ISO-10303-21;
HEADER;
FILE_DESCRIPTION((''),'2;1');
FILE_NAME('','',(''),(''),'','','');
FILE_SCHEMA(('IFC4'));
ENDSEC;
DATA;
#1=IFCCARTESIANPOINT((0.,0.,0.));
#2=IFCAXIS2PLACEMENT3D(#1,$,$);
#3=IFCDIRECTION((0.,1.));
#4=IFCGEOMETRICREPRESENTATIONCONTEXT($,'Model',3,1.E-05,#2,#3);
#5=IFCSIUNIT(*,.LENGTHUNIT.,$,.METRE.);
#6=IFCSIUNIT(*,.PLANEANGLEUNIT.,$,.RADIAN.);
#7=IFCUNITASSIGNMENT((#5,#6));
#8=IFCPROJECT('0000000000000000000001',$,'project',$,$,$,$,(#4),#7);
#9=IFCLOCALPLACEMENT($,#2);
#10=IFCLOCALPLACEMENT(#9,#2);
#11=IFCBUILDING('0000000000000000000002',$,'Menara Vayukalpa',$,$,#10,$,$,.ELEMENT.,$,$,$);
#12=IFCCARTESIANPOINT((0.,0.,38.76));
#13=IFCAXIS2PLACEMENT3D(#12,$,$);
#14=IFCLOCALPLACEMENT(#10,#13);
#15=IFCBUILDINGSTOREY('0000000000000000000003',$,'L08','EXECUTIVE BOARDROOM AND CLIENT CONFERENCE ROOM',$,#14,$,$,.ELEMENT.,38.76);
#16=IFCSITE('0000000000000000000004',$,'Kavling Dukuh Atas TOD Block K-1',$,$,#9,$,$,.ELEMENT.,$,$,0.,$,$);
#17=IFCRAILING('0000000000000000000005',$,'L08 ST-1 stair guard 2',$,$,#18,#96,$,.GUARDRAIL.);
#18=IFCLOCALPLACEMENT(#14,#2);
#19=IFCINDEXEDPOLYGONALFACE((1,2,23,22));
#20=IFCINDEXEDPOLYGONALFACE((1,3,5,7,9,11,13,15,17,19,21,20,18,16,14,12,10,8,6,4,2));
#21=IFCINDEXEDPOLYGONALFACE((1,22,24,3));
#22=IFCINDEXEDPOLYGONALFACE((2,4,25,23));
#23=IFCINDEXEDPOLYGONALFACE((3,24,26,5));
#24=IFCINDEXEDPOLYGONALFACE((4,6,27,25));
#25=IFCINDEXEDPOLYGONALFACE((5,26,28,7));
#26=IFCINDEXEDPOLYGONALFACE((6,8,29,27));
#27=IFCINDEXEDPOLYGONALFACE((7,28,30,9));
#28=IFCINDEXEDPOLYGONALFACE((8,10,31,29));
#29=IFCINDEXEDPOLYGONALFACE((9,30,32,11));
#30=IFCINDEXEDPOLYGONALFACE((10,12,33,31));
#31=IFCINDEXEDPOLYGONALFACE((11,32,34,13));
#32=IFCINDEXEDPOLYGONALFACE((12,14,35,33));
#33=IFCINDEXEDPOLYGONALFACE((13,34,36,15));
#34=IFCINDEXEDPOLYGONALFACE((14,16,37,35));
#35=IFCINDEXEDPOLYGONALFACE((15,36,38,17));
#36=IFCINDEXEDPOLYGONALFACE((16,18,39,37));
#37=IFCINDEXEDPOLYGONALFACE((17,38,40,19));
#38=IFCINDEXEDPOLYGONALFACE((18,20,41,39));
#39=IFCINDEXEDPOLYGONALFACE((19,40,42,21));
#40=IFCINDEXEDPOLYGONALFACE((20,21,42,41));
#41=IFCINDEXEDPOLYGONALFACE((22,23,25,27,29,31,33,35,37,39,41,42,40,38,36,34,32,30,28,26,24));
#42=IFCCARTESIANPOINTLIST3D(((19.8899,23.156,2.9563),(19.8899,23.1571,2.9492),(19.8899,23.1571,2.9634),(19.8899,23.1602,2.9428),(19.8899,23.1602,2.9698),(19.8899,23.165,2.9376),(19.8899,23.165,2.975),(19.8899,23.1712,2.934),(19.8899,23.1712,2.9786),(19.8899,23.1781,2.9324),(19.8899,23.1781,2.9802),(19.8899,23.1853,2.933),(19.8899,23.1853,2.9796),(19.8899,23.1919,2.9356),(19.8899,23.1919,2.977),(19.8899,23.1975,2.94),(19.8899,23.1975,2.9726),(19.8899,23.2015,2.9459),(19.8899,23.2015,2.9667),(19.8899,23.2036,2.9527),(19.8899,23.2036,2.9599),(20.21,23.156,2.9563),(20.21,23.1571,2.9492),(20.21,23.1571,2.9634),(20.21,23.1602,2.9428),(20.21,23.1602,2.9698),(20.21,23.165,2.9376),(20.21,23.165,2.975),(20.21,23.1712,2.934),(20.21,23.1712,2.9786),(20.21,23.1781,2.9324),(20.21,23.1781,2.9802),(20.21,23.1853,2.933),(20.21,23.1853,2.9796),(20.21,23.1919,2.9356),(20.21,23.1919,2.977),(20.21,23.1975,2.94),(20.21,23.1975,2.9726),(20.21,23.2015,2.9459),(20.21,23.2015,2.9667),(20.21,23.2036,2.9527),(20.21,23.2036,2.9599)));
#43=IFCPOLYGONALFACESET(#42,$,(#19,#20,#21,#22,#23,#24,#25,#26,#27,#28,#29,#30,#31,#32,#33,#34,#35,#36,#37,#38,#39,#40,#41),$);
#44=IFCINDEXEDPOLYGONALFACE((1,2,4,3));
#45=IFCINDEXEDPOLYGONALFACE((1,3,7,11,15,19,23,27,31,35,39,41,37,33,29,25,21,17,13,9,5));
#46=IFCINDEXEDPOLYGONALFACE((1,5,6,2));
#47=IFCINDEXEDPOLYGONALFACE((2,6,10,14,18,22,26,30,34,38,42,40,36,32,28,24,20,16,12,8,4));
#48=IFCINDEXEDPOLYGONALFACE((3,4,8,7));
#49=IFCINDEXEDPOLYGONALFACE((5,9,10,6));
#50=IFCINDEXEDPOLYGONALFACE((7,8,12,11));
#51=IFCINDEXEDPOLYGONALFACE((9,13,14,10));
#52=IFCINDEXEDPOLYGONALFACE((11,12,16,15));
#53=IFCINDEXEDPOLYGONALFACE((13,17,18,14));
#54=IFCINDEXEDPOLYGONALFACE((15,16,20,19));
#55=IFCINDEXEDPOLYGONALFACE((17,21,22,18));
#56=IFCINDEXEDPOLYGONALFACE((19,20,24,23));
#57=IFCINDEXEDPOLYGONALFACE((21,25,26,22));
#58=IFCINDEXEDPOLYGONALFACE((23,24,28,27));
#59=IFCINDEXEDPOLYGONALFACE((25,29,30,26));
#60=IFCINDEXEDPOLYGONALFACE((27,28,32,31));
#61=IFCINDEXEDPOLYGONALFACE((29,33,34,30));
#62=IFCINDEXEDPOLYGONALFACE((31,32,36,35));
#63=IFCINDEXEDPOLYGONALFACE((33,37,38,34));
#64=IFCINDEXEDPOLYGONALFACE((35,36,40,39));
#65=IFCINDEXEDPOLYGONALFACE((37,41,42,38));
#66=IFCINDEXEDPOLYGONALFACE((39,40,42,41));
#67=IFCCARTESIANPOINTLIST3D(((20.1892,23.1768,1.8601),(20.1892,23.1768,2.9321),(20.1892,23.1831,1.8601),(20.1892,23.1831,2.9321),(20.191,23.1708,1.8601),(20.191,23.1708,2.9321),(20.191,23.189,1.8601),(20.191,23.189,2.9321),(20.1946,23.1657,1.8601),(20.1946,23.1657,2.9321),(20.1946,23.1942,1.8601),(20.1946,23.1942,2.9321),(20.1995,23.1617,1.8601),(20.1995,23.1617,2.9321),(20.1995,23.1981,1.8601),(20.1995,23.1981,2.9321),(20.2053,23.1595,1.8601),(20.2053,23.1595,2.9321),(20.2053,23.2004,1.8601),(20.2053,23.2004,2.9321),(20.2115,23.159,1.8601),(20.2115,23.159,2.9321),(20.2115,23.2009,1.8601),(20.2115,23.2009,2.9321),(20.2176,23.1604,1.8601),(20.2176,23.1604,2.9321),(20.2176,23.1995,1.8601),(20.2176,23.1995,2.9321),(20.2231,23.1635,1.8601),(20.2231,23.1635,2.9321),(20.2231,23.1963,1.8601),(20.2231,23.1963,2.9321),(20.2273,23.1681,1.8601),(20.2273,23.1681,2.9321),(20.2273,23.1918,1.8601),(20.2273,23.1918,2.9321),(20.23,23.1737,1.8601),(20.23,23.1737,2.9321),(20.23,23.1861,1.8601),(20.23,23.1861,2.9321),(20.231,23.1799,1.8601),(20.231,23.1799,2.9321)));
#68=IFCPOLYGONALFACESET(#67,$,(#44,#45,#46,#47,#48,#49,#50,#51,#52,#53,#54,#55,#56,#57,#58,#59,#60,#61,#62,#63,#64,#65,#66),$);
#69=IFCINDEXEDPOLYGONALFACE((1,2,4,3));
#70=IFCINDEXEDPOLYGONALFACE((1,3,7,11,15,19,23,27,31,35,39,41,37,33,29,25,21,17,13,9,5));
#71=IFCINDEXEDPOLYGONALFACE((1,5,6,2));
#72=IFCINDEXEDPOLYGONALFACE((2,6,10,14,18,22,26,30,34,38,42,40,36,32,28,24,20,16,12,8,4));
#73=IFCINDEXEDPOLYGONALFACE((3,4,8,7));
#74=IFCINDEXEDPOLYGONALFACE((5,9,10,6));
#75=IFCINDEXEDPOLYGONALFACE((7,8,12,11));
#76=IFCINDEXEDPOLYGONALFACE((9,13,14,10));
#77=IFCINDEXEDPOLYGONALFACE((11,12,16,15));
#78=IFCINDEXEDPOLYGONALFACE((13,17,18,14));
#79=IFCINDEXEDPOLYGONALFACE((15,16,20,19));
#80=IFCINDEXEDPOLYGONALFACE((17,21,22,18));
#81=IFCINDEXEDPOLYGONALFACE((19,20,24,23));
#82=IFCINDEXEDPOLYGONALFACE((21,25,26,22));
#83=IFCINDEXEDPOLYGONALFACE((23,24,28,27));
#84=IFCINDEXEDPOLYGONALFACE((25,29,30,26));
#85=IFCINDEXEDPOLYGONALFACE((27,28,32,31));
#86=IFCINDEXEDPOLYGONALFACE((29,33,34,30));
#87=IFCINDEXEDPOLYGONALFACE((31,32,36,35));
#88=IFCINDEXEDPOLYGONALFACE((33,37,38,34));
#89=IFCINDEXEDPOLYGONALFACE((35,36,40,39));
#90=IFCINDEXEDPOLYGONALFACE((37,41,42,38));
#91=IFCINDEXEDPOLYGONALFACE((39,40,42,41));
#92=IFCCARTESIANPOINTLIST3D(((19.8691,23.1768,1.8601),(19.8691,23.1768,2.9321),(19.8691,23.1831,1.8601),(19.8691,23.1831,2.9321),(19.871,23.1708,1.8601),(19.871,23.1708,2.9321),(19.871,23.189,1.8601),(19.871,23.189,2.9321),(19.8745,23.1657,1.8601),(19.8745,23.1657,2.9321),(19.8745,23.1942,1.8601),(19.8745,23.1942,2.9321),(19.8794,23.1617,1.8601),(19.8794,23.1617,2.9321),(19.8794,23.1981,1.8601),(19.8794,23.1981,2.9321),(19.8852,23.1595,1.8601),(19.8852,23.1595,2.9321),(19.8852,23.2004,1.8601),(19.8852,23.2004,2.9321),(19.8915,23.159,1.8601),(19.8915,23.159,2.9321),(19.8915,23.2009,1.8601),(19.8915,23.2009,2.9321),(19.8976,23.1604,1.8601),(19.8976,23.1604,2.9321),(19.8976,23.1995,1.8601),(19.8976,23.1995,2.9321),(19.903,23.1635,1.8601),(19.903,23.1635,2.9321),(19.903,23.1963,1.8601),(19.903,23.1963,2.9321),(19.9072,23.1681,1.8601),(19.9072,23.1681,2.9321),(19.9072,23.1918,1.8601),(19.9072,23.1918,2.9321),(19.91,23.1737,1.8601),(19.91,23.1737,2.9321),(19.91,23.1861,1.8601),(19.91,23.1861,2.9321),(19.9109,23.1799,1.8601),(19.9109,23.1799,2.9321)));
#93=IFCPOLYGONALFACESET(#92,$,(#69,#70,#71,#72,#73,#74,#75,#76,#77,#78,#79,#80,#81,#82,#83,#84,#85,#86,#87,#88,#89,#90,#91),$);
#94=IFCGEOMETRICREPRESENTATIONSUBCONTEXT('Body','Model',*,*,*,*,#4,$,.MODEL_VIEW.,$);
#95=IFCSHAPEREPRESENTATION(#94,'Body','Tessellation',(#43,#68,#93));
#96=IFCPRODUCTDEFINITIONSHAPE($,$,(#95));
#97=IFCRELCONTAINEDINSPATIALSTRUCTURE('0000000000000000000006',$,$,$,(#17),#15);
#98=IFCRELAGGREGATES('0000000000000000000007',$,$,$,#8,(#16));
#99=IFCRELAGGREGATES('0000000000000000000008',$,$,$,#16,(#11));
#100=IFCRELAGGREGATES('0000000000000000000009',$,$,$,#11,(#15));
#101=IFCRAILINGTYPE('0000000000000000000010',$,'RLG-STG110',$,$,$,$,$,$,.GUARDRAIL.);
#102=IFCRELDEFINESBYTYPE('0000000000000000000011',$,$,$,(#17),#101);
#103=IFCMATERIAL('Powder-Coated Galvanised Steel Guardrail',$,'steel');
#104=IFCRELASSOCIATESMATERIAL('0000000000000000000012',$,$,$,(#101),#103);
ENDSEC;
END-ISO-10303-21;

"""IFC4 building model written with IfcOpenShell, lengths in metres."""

from ifc_helpers import new_model, si_unit, direction, frame, origin, origin_2d, place, context, subcontext, project, spatial, circle, extrude, material, type_object, element, save


model = new_model("IFC4")

# Units and contexts
model_context = context("Model", 3, precision=1e-05, world=origin(), true_north=direction((0.0, 1.0)))
body_context = subcontext(model_context, "Body", "Model", "MODEL_VIEW")
ifc_project = project(units=[si_unit("LENGTHUNIT", "METRE"), si_unit("PLANEANGLEUNIT", "RADIAN")], contexts=[model_context])

# Site, building, storey
site_placement = place(None, origin())
site = spatial("IfcSite", under=ifc_project, at=site_placement, Name="Kavling Dukuh Atas TOD Block K-1", CompositionType="ELEMENT", RefElevation=0.0)
building_placement = place(site_placement, origin())
building = spatial("IfcBuilding", under=site, at=building_placement, Name="Menara Vayukalpa", CompositionType="ELEMENT")
storey_placement = place(building_placement, frame((0.0, 0.0, 38.76)))
storey = spatial("IfcBuildingStorey", under=building, at=storey_placement, Name="L08", Description="EXECUTIVE BOARDROOM AND CLIENT CONFERENCE ROOM", CompositionType="ELEMENT", Elevation=38.76)

# Railing
ifc_material_1 = material(Name="Powder-Coated Galvanised Steel Guardrail", Category="steel")
railing_type_1 = type_object("IfcRailingType", Name="RLG-STG110", PredefinedType="GUARDRAIL", material=ifc_material_1)
railing_1_placement = place(storey_placement, frame((20.21, 23.1799, 1.8601)))
element("IfcRailing", 1, at=railing_1_placement, inside=storey, type_object=railing_type_1, Name="L08 ST-1 stair guard 2", PredefinedType="GUARDRAIL", context=body_context, shape_type="SweptSolid", body=[
    extrude(circle(Radius=0.0239, at=origin_2d()), frame((0.0, 0.0, 1.0962), z_axis=(-1.0, 0.0, 0.0), x_axis=(0.0, -1.0, 0.0)), (0.0, 0.0, 1.0), 0.3201),
    extrude(circle(Radius=0.021, at=origin_2d()), origin(), (0.0, 0.0, 1.0), 1.072),
    extrude(circle(Radius=0.021, at=origin_2d()), frame((-0.3201, 0.0, 0.0)), (0.0, 0.0, 1.0), 1.072),
])

save(model, "model.ifc")
